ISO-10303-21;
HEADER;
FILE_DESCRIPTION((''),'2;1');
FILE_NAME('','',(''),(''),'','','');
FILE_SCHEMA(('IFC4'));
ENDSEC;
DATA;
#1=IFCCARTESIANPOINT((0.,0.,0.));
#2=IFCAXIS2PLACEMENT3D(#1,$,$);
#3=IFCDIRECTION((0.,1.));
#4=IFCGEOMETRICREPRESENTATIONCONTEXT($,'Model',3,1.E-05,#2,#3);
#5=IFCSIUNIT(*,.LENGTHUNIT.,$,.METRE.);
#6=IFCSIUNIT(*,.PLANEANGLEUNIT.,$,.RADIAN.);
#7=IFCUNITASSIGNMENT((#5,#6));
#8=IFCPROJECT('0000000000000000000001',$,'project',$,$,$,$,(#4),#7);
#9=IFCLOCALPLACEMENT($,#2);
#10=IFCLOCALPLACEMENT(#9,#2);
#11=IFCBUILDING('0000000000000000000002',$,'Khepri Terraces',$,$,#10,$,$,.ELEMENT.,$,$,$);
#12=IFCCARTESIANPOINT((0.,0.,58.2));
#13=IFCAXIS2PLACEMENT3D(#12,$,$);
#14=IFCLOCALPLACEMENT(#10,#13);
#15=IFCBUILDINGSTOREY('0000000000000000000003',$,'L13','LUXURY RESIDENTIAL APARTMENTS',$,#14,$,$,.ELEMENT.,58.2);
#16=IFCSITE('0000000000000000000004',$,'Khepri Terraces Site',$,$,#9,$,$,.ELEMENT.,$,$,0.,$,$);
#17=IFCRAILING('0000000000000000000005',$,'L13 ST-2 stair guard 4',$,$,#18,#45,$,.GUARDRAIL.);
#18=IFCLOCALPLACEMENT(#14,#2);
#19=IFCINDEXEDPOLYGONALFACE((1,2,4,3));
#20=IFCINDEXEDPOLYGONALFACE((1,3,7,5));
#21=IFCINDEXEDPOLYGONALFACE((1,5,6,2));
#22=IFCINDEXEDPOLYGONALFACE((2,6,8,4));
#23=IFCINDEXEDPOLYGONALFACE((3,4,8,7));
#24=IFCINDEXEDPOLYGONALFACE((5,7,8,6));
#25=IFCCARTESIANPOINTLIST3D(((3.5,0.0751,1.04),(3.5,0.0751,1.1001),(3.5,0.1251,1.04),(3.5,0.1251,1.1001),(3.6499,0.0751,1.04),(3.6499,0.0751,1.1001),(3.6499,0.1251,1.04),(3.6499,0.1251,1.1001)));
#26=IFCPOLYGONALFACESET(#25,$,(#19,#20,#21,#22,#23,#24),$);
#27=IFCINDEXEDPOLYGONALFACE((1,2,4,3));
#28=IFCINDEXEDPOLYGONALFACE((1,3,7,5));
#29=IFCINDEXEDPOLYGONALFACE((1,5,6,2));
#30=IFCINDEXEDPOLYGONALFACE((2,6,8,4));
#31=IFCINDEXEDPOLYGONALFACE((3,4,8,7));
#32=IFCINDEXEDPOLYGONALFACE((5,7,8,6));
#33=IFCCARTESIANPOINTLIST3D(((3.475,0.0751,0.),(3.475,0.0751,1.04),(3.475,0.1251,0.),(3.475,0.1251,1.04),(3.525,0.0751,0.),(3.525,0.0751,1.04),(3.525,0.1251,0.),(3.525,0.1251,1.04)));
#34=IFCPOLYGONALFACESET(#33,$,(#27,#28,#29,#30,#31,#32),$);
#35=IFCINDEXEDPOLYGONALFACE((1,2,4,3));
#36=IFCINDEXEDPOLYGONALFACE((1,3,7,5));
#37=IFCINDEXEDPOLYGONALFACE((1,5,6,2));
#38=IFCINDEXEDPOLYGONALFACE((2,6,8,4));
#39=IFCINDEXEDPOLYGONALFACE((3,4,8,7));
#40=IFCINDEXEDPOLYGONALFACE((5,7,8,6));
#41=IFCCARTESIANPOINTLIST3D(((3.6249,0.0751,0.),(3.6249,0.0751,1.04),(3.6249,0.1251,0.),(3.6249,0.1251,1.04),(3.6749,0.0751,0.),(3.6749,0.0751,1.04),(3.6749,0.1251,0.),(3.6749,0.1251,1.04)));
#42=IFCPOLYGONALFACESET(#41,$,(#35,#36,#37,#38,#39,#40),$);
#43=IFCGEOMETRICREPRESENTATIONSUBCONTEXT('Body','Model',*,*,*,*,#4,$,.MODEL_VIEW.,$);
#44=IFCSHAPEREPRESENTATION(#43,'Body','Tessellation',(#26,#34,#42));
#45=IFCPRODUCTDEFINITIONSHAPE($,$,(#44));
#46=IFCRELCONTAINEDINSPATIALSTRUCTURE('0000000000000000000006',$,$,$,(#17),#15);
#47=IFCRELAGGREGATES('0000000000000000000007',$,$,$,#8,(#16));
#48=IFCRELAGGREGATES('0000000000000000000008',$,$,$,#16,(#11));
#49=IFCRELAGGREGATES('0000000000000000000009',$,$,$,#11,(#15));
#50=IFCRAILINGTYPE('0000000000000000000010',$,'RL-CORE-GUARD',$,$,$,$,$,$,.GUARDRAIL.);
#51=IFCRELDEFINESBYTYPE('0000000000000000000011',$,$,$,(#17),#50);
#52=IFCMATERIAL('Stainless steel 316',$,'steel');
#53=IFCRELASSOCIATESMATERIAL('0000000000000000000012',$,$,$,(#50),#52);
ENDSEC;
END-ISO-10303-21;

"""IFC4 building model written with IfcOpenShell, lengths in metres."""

from ifc_helpers import new_model, si_unit, direction, frame, origin, origin_2d, place, context, subcontext, project, spatial, rectangle, extrude, material, type_object, element, save


model = new_model("IFC4")

# Units and contexts
model_context = context("Model", 3, precision=1e-05, world=origin(), true_north=direction((0.0, 1.0)))
body_context = subcontext(model_context, "Body", "Model", "MODEL_VIEW")
ifc_project = project(units=[si_unit("LENGTHUNIT", "METRE"), si_unit("PLANEANGLEUNIT", "RADIAN")], contexts=[model_context])

# Site, building, storey
site_placement = place(None, origin())
site = spatial("IfcSite", under=ifc_project, at=site_placement, Name="Khepri Terraces Site", CompositionType="ELEMENT", RefElevation=0.0)
building_placement = place(site_placement, origin())
building = spatial("IfcBuilding", under=site, at=building_placement, Name="Khepri Terraces", CompositionType="ELEMENT")
storey_placement = place(building_placement, frame((0.0, 0.0, 58.2)))
storey = spatial("IfcBuildingStorey", under=building, at=storey_placement, Name="L13", Description="LUXURY RESIDENTIAL APARTMENTS", CompositionType="ELEMENT", Elevation=58.2)

# Railing
ifc_material_1 = material(Name="Stainless steel 316", Category="steel")
railing_type = type_object("IfcRailingType", Name="RL-CORE-GUARD", PredefinedType="GUARDRAIL", material=ifc_material_1)
railing_placement = place(storey_placement, frame((3.5, 0.1001, 0.0)))
element("IfcRailing", 1, at=railing_placement, inside=storey, type_object=railing_type, Name="L13 ST-2 stair guard 4", PredefinedType="GUARDRAIL", context=body_context, shape_type="SweptSolid", body=[
    extrude(rectangle(XDim=0.05, YDim=0.0601, at=origin_2d()), frame((0.0, 0.0, 1.0701), z_axis=(1.0, 0.0, 0.0), x_axis=(0.0, 1.0, 0.0)), (0.0, 0.0, 1.0), 0.1499),
    extrude(rectangle(XDim=0.05, YDim=0.05, at=origin_2d()), origin(), (0.0, 0.0, 1.0), 1.04),
    extrude(rectangle(XDim=0.05, YDim=0.05, at=origin_2d()), frame((0.1499, 0.0, 0.0)), (0.0, 0.0, 1.0), 1.04),
])

save(model, "model.ifc")
